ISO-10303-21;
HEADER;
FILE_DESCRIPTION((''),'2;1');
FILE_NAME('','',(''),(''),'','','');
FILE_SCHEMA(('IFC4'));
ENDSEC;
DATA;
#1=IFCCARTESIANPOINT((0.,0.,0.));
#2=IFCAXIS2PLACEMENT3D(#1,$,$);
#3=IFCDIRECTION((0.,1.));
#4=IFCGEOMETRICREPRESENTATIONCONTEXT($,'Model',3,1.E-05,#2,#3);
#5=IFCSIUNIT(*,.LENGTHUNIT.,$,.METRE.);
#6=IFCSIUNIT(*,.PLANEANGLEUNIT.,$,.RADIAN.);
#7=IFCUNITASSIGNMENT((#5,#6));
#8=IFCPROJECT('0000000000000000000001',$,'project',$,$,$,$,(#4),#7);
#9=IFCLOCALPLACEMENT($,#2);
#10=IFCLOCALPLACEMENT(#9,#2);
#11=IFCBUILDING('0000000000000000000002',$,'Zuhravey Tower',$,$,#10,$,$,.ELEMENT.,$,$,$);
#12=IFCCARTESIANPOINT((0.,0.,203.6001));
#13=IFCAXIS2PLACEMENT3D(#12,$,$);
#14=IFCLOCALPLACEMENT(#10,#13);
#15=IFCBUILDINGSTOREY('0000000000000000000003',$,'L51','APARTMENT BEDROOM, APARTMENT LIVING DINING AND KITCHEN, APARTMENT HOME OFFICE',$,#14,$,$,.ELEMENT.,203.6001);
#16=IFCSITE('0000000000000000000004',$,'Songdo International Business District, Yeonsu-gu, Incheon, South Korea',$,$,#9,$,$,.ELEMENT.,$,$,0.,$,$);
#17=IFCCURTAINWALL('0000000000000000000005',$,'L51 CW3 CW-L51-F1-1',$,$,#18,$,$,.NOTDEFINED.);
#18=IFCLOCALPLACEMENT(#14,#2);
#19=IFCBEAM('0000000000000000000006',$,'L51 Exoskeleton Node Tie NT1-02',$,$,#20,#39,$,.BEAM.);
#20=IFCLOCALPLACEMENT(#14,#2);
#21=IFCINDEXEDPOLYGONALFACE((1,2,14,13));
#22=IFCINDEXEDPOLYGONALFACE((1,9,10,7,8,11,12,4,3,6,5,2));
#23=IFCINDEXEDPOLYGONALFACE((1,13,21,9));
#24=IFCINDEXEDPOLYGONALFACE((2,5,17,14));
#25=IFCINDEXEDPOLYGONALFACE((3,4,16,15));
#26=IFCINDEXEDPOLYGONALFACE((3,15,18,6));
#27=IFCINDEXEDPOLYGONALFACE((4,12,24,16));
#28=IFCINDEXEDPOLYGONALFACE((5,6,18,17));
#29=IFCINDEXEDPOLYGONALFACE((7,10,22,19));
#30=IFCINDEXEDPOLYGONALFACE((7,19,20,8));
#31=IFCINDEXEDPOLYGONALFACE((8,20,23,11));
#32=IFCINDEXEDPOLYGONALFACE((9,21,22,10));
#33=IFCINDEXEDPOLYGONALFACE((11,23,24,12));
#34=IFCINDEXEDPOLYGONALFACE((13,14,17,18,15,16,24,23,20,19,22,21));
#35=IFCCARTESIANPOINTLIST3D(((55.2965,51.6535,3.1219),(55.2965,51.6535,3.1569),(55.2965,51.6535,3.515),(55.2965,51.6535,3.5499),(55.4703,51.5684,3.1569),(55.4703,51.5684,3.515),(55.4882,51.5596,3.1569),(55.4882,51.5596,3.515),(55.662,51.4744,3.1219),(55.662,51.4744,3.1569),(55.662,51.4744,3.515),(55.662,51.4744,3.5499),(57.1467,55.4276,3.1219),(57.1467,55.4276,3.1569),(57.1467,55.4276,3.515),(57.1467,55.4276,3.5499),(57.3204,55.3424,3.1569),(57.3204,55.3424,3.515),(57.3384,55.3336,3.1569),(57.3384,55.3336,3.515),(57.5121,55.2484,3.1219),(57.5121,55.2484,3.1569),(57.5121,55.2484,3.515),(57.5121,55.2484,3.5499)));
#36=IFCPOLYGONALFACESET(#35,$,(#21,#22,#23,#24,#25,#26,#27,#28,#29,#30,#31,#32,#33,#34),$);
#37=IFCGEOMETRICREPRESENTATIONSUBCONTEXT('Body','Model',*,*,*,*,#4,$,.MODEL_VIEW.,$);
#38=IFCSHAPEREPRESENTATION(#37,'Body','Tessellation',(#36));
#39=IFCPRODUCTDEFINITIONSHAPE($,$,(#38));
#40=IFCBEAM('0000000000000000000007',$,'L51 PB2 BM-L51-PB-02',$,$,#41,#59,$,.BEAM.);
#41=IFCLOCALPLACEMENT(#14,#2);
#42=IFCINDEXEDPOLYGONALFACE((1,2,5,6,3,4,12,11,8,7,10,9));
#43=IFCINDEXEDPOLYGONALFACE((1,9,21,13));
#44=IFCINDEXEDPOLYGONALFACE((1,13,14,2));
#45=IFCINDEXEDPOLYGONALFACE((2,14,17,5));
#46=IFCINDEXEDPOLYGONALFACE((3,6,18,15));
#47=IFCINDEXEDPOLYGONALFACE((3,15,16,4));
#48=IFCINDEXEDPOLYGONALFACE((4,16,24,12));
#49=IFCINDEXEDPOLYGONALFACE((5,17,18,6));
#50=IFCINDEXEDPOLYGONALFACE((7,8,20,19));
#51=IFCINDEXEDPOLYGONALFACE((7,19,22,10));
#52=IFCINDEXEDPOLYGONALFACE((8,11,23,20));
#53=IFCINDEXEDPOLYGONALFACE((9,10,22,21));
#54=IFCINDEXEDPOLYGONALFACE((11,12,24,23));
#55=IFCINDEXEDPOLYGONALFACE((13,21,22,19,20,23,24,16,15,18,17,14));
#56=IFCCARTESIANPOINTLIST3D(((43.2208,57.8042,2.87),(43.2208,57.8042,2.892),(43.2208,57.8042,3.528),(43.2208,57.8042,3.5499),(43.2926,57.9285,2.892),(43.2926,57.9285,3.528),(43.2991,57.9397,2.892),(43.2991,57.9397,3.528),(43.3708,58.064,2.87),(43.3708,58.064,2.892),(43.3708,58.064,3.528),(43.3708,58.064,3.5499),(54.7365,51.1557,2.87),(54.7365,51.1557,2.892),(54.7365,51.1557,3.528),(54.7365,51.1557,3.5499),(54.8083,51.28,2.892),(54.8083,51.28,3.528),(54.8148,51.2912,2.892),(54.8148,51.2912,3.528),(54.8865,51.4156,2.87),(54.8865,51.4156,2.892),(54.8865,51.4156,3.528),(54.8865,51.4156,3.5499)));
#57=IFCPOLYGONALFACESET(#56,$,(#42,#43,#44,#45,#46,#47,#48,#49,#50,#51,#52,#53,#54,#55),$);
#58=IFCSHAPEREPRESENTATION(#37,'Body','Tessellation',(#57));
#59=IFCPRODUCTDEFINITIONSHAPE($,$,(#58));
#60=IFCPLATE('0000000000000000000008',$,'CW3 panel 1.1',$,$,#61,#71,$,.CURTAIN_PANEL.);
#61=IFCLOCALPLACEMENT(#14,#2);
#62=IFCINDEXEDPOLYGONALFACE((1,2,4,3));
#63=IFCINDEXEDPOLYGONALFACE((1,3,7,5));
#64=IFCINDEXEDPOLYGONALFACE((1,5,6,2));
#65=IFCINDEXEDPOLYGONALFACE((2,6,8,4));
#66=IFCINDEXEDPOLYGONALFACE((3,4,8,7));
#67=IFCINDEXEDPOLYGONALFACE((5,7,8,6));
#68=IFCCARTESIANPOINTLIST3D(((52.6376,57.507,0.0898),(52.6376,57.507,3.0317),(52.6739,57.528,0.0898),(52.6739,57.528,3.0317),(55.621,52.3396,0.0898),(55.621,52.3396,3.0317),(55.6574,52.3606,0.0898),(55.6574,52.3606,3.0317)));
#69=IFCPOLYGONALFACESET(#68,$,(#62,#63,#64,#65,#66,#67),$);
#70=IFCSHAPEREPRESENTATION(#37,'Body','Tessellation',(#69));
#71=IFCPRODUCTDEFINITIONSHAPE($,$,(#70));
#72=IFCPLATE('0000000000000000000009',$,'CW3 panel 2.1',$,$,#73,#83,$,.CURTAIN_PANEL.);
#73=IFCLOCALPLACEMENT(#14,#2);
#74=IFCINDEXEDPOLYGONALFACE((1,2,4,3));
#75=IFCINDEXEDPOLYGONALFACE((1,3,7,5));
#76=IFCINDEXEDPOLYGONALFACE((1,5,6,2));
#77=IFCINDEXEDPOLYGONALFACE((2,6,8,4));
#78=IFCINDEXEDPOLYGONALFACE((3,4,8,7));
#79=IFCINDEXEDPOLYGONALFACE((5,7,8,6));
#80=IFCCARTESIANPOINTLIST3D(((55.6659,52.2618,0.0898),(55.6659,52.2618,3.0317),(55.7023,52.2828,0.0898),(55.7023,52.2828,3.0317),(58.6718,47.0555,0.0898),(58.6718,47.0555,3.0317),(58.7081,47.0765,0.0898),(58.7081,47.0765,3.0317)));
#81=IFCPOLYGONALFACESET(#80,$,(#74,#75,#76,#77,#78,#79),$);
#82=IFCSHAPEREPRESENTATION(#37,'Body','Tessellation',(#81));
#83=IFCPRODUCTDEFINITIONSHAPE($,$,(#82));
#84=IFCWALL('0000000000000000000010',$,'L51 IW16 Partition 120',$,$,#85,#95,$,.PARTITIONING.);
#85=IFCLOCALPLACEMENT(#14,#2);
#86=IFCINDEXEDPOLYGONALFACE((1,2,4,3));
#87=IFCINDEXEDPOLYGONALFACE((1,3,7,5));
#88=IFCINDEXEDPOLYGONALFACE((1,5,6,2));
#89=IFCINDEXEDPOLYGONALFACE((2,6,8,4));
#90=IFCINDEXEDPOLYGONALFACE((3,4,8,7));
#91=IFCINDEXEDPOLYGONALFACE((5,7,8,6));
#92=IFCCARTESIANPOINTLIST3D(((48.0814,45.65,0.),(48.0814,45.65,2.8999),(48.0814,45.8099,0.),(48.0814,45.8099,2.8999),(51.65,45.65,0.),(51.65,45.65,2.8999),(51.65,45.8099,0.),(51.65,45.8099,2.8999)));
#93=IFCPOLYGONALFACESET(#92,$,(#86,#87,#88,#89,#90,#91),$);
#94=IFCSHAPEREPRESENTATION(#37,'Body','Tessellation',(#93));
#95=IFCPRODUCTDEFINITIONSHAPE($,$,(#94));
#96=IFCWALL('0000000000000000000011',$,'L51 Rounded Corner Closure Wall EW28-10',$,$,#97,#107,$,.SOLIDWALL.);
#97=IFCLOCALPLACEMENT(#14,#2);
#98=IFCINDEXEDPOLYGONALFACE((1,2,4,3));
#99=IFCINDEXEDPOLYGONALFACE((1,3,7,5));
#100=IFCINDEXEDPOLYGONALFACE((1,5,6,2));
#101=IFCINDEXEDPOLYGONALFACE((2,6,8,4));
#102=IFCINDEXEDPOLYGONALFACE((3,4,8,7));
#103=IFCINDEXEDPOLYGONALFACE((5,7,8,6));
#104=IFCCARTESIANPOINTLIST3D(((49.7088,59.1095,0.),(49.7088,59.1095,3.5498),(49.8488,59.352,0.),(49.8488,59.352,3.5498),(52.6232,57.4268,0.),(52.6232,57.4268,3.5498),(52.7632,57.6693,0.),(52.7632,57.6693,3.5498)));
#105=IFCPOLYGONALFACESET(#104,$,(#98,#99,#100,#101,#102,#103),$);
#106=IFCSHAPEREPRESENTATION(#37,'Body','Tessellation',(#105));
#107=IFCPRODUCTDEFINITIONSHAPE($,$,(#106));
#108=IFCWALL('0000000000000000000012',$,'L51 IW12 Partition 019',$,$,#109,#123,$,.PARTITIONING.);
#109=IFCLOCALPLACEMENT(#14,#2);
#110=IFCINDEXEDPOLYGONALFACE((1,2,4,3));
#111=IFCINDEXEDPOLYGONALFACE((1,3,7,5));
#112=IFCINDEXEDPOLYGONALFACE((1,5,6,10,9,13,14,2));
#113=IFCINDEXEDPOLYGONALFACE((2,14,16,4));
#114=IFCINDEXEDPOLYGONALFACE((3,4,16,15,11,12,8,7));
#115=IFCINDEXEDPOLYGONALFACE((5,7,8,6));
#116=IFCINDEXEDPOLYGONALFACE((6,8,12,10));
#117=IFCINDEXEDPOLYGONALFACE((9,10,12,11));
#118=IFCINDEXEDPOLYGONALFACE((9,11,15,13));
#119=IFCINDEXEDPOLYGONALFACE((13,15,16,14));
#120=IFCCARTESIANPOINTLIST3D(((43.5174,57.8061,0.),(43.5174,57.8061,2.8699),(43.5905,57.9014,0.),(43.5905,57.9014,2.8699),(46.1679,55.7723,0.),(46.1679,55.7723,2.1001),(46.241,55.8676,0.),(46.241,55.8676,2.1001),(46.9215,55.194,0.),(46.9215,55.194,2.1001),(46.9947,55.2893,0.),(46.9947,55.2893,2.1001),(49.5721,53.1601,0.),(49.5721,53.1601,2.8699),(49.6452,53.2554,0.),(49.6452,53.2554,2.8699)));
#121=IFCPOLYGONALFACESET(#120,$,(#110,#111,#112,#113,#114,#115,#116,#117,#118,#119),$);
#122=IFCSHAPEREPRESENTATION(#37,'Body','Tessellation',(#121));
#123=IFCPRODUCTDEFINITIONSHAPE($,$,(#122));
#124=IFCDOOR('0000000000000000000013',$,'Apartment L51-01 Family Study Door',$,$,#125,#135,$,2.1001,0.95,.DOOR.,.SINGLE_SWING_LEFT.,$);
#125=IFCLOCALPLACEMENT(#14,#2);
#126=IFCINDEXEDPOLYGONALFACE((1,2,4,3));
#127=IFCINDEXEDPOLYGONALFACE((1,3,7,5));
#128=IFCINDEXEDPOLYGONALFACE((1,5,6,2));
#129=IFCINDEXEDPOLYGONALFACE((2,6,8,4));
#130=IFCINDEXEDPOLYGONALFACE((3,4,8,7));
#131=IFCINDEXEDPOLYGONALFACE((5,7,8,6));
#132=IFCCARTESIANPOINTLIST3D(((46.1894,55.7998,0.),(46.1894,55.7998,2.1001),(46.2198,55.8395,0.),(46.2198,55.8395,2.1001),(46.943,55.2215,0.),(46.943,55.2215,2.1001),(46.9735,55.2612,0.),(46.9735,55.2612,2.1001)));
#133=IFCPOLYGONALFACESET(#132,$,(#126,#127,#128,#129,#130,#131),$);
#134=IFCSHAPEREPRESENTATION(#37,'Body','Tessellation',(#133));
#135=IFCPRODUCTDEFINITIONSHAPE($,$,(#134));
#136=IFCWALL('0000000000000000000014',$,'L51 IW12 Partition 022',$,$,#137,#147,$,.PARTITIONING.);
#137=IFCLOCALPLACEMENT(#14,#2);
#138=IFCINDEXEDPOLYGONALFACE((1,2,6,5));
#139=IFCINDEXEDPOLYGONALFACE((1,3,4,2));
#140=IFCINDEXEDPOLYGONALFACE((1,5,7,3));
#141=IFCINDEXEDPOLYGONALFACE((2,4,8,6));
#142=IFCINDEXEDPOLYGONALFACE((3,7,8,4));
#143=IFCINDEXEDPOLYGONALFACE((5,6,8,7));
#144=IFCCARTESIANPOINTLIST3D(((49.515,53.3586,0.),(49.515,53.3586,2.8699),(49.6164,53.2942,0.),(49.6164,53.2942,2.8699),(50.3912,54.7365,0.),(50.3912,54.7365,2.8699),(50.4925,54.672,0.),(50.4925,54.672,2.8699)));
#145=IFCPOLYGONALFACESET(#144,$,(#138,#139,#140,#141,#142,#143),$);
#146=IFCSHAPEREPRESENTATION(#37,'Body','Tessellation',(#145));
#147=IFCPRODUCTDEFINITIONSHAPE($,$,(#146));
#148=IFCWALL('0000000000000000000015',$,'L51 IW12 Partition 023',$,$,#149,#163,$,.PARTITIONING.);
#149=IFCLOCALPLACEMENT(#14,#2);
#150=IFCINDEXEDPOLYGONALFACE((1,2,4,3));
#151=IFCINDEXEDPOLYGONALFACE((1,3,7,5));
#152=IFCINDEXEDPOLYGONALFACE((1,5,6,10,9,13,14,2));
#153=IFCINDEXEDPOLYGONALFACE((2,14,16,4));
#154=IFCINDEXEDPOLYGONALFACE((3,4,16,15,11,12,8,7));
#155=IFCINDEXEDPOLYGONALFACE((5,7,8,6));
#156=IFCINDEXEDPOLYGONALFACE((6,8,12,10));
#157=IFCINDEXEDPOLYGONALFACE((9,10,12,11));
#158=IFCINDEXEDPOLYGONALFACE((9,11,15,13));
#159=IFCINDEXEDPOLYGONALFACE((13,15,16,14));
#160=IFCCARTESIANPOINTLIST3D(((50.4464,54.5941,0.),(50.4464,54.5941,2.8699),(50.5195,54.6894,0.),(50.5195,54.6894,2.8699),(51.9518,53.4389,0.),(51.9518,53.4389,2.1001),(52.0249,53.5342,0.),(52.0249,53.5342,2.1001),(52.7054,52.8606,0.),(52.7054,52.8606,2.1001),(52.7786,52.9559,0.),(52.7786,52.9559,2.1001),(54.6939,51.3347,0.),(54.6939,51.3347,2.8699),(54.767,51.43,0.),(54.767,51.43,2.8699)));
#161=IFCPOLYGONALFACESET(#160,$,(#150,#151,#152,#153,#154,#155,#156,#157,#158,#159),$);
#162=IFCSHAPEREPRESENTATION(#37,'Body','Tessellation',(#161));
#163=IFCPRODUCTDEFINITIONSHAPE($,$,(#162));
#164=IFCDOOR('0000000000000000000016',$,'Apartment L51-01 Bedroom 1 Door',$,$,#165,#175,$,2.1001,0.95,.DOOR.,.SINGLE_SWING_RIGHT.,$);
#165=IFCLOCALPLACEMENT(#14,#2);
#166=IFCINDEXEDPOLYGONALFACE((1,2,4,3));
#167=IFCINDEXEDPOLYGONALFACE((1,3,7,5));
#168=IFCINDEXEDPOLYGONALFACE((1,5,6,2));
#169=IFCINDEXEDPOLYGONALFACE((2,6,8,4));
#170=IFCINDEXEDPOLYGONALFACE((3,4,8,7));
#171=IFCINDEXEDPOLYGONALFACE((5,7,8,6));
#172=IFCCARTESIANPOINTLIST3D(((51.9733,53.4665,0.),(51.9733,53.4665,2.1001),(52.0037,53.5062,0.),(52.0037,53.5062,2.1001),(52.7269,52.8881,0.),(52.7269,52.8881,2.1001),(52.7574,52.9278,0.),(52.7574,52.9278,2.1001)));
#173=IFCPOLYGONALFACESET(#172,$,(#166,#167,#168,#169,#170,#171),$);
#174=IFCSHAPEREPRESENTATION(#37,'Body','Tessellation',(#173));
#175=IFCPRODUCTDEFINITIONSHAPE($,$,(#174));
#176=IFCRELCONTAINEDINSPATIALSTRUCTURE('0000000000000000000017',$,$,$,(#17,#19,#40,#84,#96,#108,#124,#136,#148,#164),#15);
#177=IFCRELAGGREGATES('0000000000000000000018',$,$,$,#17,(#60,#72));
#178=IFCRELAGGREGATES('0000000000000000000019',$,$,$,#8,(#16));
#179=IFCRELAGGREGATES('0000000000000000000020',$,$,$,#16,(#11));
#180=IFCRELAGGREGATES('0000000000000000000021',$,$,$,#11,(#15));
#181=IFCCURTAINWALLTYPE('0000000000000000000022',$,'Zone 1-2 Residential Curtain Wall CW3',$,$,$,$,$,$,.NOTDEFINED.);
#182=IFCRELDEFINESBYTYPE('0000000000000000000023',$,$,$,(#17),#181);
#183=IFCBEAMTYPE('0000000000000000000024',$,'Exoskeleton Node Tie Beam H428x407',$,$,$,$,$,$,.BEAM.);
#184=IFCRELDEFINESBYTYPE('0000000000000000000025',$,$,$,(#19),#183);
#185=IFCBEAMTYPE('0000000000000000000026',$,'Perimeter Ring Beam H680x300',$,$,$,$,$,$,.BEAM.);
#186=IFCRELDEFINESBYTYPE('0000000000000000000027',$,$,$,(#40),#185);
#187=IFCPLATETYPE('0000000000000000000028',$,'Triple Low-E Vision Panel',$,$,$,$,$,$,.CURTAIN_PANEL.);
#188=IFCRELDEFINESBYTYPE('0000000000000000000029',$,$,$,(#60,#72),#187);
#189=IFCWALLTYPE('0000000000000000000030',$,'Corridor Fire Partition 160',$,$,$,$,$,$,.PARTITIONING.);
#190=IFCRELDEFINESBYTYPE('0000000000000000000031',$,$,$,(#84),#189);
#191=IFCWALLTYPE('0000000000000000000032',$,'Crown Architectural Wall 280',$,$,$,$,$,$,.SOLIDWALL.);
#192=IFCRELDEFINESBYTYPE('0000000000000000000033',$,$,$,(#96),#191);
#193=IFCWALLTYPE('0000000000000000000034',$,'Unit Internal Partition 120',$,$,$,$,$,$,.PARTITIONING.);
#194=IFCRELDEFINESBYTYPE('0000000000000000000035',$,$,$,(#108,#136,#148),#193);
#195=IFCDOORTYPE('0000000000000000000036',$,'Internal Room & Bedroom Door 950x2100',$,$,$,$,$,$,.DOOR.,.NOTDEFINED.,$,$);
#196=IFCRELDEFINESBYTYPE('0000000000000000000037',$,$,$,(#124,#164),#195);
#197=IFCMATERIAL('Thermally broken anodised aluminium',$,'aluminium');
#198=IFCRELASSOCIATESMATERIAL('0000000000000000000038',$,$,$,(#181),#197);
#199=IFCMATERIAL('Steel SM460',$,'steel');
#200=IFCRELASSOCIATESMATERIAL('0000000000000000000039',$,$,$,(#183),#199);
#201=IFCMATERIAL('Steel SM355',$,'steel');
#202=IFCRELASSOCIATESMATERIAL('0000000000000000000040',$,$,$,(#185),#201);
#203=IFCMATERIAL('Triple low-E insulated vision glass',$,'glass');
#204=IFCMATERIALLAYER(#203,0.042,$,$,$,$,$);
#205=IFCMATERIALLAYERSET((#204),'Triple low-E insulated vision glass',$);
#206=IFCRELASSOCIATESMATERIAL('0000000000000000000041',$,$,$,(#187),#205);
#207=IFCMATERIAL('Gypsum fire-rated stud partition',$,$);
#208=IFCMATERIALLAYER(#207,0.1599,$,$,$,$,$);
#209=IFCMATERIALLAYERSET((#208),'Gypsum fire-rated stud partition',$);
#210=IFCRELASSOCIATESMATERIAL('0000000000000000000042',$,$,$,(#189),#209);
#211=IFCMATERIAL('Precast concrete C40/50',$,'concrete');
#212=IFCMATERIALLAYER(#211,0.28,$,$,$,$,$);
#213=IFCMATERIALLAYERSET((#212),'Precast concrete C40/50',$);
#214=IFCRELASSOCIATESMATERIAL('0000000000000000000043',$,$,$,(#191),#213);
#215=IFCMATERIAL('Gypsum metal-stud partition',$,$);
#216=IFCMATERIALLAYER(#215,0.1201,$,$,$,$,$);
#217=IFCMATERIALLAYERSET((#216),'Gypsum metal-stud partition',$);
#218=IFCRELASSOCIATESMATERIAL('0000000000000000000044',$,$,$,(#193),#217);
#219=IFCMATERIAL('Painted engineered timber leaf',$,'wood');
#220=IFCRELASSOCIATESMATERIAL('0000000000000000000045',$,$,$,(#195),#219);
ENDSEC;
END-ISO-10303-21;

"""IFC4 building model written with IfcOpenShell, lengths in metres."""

from ifc_helpers import new_model, si_unit, direction, frame, frame_2d, origin, origin_2d, place, context, subcontext, project, spatial, rectangle, i_section, extrude, material, layer, layer_set, material_profile, profile_set, type_object, element, fill, aggregate, save


model = new_model("IFC4")

# Units and contexts
model_context = context("Model", 3, precision=1e-05, world=origin(), true_north=direction((0.0, 1.0)))
body_context = subcontext(model_context, "Body", "Model", "MODEL_VIEW")
ifc_project = project(units=[si_unit("LENGTHUNIT", "METRE"), si_unit("PLANEANGLEUNIT", "RADIAN")], contexts=[model_context])

# Site, building, storey
site_placement = place(None, origin())
site = spatial("IfcSite", under=ifc_project, at=site_placement, Name="Songdo International Business District, Yeonsu-gu, Incheon, South Korea", CompositionType="ELEMENT", RefElevation=0.0)
building_placement = place(site_placement, origin())
building = spatial("IfcBuilding", under=site, at=building_placement, Name="Zuhravey Tower", CompositionType="ELEMENT")
storey_placement = place(building_placement, frame((0.0, 0.0, 203.6001)))
storey = spatial("IfcBuildingStorey", under=building, at=storey_placement, Name="L51", Description="APARTMENT BEDROOM, APARTMENT LIVING DINING AND KITCHEN, APARTMENT HOME OFFICE", CompositionType="ELEMENT", Elevation=203.6001)

# Shared definitions
ifc_material_1 = material(Name="Thermally broken anodised aluminium", Category="aluminium")
curtain_wall_type = type_object("IfcCurtainWallType", Name="Zone 1-2 Residential Curtain Wall CW3", PredefinedType="NOTDEFINED", material=ifc_material_1)

# Curtain wall
curtain_wall_1_placement = place(storey_placement, origin())
curtain_wall_1 = element("IfcCurtainWall", 1, at=curtain_wall_1_placement, inside=storey, type_object=curtain_wall_type, Name="L51 CW3 CW-L51-F1-1", PredefinedType="NOTDEFINED")

# Beams
ifc_material_2 = material(Name="Steel SM460", Category="steel")
ifc_material_profile_1 = material_profile(ifc_material_2, i_section(OverallWidth=0.407, OverallDepth=0.428, WebThickness=0.02, FlangeThickness=0.0349, at=origin_2d()), Name="H-428x407x20x35")
ifc_profile_set_1 = profile_set([ifc_material_profile_1], Name="Steel SM460")
beam_type_1 = type_object("IfcBeamType", Name="Exoskeleton Node Tie Beam H428x407", PredefinedType="BEAM", material=ifc_profile_set_1)
beam_1_placement = place(storey_placement, frame((55.4792, 51.564, 3.3359), z_axis=(0.440183, 0.897908, 0.0), x_axis=(-0.897908, 0.440183, 0.0)))
element("IfcBeam", 2, at=beam_1_placement, inside=storey, type_object=beam_type_1, Name="L51 Exoskeleton Node Tie NT1-02", PredefinedType="BEAM", context=body_context, shape_type="SweptSolid", body=[
    extrude(i_section(OverallWidth=0.407, OverallDepth=0.428, WebThickness=0.02, FlangeThickness=0.0349, at=origin_2d()), origin(), (0.0, 0.0, 1.0), 4.2031),
])
ifc_material_3 = material(Name="Steel SM355", Category="steel")
ifc_material_profile_2 = material_profile(ifc_material_3, i_section(OverallWidth=0.3, OverallDepth=0.6799, WebThickness=0.0129, FlangeThickness=0.022, at=origin_2d()), Name="H-680x300x13x22")
ifc_profile_set_2 = profile_set([ifc_material_profile_2], Name="Steel SM355")
beam_type_2 = type_object("IfcBeamType", Name="Perimeter Ring Beam H680x300", PredefinedType="BEAM", material=ifc_profile_set_2)
beam_2_placement = place(storey_placement, frame((54.8115, 51.2856, 3.21), z_axis=(-0.866029, 0.499994, 0.0), x_axis=(-0.499994, -0.866029, 0.0)))
element("IfcBeam", 3, at=beam_2_placement, inside=storey, type_object=beam_type_2, Name="L51 PB2 BM-L51-PB-02", PredefinedType="BEAM", context=body_context, shape_type="SweptSolid", body=[
    extrude(i_section(OverallWidth=0.3, OverallDepth=0.6799, WebThickness=0.0129, FlangeThickness=0.022, at=origin_2d()), origin(), (0.0, 0.0, 1.0), 13.2971),
])

# Plates
ifc_material_4 = material(Name="Triple low-E insulated vision glass", Category="glass")
ifc_layer_1 = layer(ifc_material_4, 0.042)
ifc_layer_set_1 = layer_set([ifc_layer_1], Name="Triple low-E insulated vision glass")
plate_type = type_object("IfcPlateType", Name="Triple Low-E Vision Panel", PredefinedType="CURTAIN_PANEL", material=ifc_layer_set_1)
plate_1_placement = place(storey_placement, frame((54.1475, 54.9338, 0.0898), z_axis=(0.0, 0.0, 1.0), x_axis=(0.500002, -0.866024, 0.0)))
plate_1 = element("IfcPlate", 4, at=plate_1_placement, type_object=plate_type, Name="CW3 panel 1.1", PredefinedType="CURTAIN_PANEL", context=body_context, shape_type="SweptSolid", body=[
    extrude(rectangle(XDim=5.9668, YDim=0.042, at=origin_2d()), origin(), (0.0, 0.0, 1.0), 2.9419),
])
plate_2_placement = place(storey_placement, frame((57.187, 49.6692, 0.0898), z_axis=(0.0, 0.0, 1.0), x_axis=(0.500002, -0.866024, 0.0)))
plate_2 = element("IfcPlate", 5, at=plate_2_placement, type_object=plate_type, Name="CW3 panel 2.1", PredefinedType="CURTAIN_PANEL", context=body_context, shape_type="SweptSolid", body=[
    extrude(rectangle(XDim=6.0117, YDim=0.042, at=origin_2d()), origin(), (0.0, 0.0, 1.0), 2.9419),
])
aggregate(curtain_wall_1, [plate_1, plate_2])

# Walls
ifc_material_5 = material(Name="Gypsum fire-rated stud partition")
ifc_layer_2 = layer(ifc_material_5, 0.1599)
ifc_layer_set_2 = layer_set([ifc_layer_2], Name="Gypsum fire-rated stud partition")
wall_type_1 = type_object("IfcWallType", Name="Corridor Fire Partition 160", PredefinedType="PARTITIONING", material=ifc_layer_set_2)
wall_1_placement = place(storey_placement, frame((51.6499, 45.73, 0.0), z_axis=(0.0, 0.0, 1.0), x_axis=(-1.0, 0.0, 0.0)))
element("IfcWall", 6, at=wall_1_placement, inside=storey, type_object=wall_type_1, Name="L51 IW16 Partition 120", PredefinedType="PARTITIONING", context=body_context, shape_type="SweptSolid", body=[
    extrude(rectangle(XDim=3.5686, YDim=0.1599, at=frame_2d((1.7842, 0.0))), origin(), (0.0, 0.0, 1.0), 2.8999),
])
ifc_material_6 = material(Name="Precast concrete C40/50", Category="concrete")
ifc_layer_3 = layer(ifc_material_6, 0.28)
ifc_layer_set_3 = layer_set([ifc_layer_3], Name="Precast concrete C40/50")
wall_type_2 = type_object("IfcWallType", Name="Crown Architectural Wall 280", PredefinedType="SOLIDWALL", material=ifc_layer_set_3)
wall_2_placement = place(storey_placement, frame((49.7788, 59.2307, 0.0), z_axis=(0.0, 0.0, 1.0), x_axis=(0.86602, -0.500009, 0.0)))
element("IfcWall", 7, at=wall_2_placement, inside=storey, type_object=wall_type_2, Name="L51 Rounded Corner Closure Wall EW28-10", PredefinedType="SOLIDWALL", context=body_context, shape_type="SweptSolid", body=[
    extrude(rectangle(XDim=3.3652, YDim=0.28, at=frame_2d((1.6826, 0.0))), origin(), (0.0, 0.0, 1.0), 3.5498),
])

# Wall, opening, door
ifc_material_7 = material(Name="Gypsum metal-stud partition")
ifc_layer_4 = layer(ifc_material_7, 0.1201)
ifc_layer_set_4 = layer_set([ifc_layer_4], Name="Gypsum metal-stud partition")
wall_type_3 = type_object("IfcWallType", Name="Unit Internal Partition 120", PredefinedType="PARTITIONING", material=ifc_layer_set_4)
wall_3_placement = place(storey_placement, frame((49.6086, 53.2078, 0.0), z_axis=(0.0, 0.0, 1.0), x_axis=(-0.793349, 0.608767, 0.0)))
wall_3 = element("IfcWall", 8, at=wall_3_placement, inside=storey, type_object=wall_type_3, Name="L51 IW12 Partition 019", PredefinedType="PARTITIONING", context=body_context, shape_type="SweptSolid", body=[
    extrude(rectangle(XDim=7.6318, YDim=0.1201, at=frame_2d((3.8159, 0.0))), origin(), (0.0, 0.0, 1.0), 2.8699),
])
opening_1_placement = place(wall_3_placement, frame((3.3408, 0.0, 0.0)))
opening_1 = element("IfcOpeningElement", 9, at=opening_1_placement, cuts=wall_3, PredefinedType="OPENING", context=body_context, shape_type="SweptSolid", body=[
    extrude(rectangle(XDim=0.95, YDim=2.1001, at=frame_2d((0.4751, 1.05))), frame((0.0, 0.072, 0.0), z_axis=(0.0, -1.0, 0.0), x_axis=(1.0, 0.0, 0.0)), (0.0, 0.0, 1.0), 0.144),
])
ifc_material_8 = material(Name="Painted engineered timber leaf", Category="wood")
door_type = type_object("IfcDoorType", Name="Internal Room & Bedroom Door 950x2100", OperationType="NOTDEFINED", PredefinedType="DOOR", material=ifc_material_8)
door_1_placement = place(opening_1_placement, frame((0.95, 0.0, 0.0), z_axis=(0.0, 0.0, 1.0), x_axis=(-1.0, 0.0, 0.0)))
door_1 = element("IfcDoor", 10, at=door_1_placement, inside=storey, type_object=door_type, Name="Apartment L51-01 Family Study Door", OperationType="SINGLE_SWING_LEFT", OverallHeight=2.1001, OverallWidth=0.95, PredefinedType="DOOR", context=body_context, shape_type="SweptSolid", body=[
    extrude(rectangle(XDim=0.95, YDim=2.1001, at=frame_2d((0.4751, 1.05))), frame((0.0, 0.0249, 0.0), z_axis=(0.0, -1.0, 0.0), x_axis=(1.0, 0.0, 0.0)), (0.0, 0.0, 1.0), 0.05),
])
fill(opening_1, door_1)

# Wall
wall_4_placement = place(storey_placement, frame((49.5657, 53.3264, 0.0), z_axis=(0.0, 0.0, 1.0), x_axis=(0.536595, 0.84384, 0.0)))
element("IfcWall", 11, at=wall_4_placement, inside=storey, type_object=wall_type_3, Name="L51 IW12 Partition 022", PredefinedType="PARTITIONING", context=body_context, shape_type="SweptSolid", body=[
    extrude(rectangle(XDim=1.6328, YDim=0.1201, at=frame_2d((0.8164, 0.0))), origin(), (0.0, 0.0, 1.0), 2.8699),
])

# Wall, opening, door
wall_5_placement = place(storey_placement, frame((54.7305, 51.3823, 0.0), z_axis=(0.0, 0.0, 1.0), x_axis=(-0.79333, 0.608791, 0.0)))
wall_5 = element("IfcWall", 12, at=wall_5_placement, inside=storey, type_object=wall_type_3, Name="L51 IW12 Partition 023", PredefinedType="PARTITIONING", context=body_context, shape_type="SweptSolid", body=[
    extrude(rectangle(XDim=5.354, YDim=0.1201, at=frame_2d((2.677, 0.0))), origin(), (0.0, 0.0, 1.0), 2.8699),
])
opening_2_placement = place(wall_5_placement, frame((2.5063, 0.0, 0.0)))
opening_2 = element("IfcOpeningElement", 13, at=opening_2_placement, cuts=wall_5, PredefinedType="OPENING", context=body_context, shape_type="SweptSolid", body=[
    extrude(rectangle(XDim=0.95, YDim=2.1001, at=frame_2d((0.4751, 1.05))), frame((0.0, 0.072, 0.0), z_axis=(0.0, -1.0, 0.0), x_axis=(1.0, 0.0, 0.0)), (0.0, 0.0, 1.0), 0.144),
])
door_2_placement = place(opening_2_placement, frame((0.95, 0.0, 0.0), z_axis=(0.0, 0.0, 1.0), x_axis=(-1.0, 0.0, 0.0)))
door_2 = element("IfcDoor", 14, at=door_2_placement, inside=storey, type_object=door_type, Name="Apartment L51-01 Bedroom 1 Door", OperationType="SINGLE_SWING_RIGHT", OverallHeight=2.1001, OverallWidth=0.95, PredefinedType="DOOR", context=body_context, shape_type="SweptSolid", body=[
    extrude(rectangle(XDim=0.95, YDim=2.1001, at=frame_2d((0.4751, 1.05))), frame((0.0, 0.0249, 0.0), z_axis=(0.0, -1.0, 0.0), x_axis=(1.0, 0.0, 0.0)), (0.0, 0.0, 1.0), 0.05),
])
fill(opening_2, door_2)

save(model, "model.ifc")
